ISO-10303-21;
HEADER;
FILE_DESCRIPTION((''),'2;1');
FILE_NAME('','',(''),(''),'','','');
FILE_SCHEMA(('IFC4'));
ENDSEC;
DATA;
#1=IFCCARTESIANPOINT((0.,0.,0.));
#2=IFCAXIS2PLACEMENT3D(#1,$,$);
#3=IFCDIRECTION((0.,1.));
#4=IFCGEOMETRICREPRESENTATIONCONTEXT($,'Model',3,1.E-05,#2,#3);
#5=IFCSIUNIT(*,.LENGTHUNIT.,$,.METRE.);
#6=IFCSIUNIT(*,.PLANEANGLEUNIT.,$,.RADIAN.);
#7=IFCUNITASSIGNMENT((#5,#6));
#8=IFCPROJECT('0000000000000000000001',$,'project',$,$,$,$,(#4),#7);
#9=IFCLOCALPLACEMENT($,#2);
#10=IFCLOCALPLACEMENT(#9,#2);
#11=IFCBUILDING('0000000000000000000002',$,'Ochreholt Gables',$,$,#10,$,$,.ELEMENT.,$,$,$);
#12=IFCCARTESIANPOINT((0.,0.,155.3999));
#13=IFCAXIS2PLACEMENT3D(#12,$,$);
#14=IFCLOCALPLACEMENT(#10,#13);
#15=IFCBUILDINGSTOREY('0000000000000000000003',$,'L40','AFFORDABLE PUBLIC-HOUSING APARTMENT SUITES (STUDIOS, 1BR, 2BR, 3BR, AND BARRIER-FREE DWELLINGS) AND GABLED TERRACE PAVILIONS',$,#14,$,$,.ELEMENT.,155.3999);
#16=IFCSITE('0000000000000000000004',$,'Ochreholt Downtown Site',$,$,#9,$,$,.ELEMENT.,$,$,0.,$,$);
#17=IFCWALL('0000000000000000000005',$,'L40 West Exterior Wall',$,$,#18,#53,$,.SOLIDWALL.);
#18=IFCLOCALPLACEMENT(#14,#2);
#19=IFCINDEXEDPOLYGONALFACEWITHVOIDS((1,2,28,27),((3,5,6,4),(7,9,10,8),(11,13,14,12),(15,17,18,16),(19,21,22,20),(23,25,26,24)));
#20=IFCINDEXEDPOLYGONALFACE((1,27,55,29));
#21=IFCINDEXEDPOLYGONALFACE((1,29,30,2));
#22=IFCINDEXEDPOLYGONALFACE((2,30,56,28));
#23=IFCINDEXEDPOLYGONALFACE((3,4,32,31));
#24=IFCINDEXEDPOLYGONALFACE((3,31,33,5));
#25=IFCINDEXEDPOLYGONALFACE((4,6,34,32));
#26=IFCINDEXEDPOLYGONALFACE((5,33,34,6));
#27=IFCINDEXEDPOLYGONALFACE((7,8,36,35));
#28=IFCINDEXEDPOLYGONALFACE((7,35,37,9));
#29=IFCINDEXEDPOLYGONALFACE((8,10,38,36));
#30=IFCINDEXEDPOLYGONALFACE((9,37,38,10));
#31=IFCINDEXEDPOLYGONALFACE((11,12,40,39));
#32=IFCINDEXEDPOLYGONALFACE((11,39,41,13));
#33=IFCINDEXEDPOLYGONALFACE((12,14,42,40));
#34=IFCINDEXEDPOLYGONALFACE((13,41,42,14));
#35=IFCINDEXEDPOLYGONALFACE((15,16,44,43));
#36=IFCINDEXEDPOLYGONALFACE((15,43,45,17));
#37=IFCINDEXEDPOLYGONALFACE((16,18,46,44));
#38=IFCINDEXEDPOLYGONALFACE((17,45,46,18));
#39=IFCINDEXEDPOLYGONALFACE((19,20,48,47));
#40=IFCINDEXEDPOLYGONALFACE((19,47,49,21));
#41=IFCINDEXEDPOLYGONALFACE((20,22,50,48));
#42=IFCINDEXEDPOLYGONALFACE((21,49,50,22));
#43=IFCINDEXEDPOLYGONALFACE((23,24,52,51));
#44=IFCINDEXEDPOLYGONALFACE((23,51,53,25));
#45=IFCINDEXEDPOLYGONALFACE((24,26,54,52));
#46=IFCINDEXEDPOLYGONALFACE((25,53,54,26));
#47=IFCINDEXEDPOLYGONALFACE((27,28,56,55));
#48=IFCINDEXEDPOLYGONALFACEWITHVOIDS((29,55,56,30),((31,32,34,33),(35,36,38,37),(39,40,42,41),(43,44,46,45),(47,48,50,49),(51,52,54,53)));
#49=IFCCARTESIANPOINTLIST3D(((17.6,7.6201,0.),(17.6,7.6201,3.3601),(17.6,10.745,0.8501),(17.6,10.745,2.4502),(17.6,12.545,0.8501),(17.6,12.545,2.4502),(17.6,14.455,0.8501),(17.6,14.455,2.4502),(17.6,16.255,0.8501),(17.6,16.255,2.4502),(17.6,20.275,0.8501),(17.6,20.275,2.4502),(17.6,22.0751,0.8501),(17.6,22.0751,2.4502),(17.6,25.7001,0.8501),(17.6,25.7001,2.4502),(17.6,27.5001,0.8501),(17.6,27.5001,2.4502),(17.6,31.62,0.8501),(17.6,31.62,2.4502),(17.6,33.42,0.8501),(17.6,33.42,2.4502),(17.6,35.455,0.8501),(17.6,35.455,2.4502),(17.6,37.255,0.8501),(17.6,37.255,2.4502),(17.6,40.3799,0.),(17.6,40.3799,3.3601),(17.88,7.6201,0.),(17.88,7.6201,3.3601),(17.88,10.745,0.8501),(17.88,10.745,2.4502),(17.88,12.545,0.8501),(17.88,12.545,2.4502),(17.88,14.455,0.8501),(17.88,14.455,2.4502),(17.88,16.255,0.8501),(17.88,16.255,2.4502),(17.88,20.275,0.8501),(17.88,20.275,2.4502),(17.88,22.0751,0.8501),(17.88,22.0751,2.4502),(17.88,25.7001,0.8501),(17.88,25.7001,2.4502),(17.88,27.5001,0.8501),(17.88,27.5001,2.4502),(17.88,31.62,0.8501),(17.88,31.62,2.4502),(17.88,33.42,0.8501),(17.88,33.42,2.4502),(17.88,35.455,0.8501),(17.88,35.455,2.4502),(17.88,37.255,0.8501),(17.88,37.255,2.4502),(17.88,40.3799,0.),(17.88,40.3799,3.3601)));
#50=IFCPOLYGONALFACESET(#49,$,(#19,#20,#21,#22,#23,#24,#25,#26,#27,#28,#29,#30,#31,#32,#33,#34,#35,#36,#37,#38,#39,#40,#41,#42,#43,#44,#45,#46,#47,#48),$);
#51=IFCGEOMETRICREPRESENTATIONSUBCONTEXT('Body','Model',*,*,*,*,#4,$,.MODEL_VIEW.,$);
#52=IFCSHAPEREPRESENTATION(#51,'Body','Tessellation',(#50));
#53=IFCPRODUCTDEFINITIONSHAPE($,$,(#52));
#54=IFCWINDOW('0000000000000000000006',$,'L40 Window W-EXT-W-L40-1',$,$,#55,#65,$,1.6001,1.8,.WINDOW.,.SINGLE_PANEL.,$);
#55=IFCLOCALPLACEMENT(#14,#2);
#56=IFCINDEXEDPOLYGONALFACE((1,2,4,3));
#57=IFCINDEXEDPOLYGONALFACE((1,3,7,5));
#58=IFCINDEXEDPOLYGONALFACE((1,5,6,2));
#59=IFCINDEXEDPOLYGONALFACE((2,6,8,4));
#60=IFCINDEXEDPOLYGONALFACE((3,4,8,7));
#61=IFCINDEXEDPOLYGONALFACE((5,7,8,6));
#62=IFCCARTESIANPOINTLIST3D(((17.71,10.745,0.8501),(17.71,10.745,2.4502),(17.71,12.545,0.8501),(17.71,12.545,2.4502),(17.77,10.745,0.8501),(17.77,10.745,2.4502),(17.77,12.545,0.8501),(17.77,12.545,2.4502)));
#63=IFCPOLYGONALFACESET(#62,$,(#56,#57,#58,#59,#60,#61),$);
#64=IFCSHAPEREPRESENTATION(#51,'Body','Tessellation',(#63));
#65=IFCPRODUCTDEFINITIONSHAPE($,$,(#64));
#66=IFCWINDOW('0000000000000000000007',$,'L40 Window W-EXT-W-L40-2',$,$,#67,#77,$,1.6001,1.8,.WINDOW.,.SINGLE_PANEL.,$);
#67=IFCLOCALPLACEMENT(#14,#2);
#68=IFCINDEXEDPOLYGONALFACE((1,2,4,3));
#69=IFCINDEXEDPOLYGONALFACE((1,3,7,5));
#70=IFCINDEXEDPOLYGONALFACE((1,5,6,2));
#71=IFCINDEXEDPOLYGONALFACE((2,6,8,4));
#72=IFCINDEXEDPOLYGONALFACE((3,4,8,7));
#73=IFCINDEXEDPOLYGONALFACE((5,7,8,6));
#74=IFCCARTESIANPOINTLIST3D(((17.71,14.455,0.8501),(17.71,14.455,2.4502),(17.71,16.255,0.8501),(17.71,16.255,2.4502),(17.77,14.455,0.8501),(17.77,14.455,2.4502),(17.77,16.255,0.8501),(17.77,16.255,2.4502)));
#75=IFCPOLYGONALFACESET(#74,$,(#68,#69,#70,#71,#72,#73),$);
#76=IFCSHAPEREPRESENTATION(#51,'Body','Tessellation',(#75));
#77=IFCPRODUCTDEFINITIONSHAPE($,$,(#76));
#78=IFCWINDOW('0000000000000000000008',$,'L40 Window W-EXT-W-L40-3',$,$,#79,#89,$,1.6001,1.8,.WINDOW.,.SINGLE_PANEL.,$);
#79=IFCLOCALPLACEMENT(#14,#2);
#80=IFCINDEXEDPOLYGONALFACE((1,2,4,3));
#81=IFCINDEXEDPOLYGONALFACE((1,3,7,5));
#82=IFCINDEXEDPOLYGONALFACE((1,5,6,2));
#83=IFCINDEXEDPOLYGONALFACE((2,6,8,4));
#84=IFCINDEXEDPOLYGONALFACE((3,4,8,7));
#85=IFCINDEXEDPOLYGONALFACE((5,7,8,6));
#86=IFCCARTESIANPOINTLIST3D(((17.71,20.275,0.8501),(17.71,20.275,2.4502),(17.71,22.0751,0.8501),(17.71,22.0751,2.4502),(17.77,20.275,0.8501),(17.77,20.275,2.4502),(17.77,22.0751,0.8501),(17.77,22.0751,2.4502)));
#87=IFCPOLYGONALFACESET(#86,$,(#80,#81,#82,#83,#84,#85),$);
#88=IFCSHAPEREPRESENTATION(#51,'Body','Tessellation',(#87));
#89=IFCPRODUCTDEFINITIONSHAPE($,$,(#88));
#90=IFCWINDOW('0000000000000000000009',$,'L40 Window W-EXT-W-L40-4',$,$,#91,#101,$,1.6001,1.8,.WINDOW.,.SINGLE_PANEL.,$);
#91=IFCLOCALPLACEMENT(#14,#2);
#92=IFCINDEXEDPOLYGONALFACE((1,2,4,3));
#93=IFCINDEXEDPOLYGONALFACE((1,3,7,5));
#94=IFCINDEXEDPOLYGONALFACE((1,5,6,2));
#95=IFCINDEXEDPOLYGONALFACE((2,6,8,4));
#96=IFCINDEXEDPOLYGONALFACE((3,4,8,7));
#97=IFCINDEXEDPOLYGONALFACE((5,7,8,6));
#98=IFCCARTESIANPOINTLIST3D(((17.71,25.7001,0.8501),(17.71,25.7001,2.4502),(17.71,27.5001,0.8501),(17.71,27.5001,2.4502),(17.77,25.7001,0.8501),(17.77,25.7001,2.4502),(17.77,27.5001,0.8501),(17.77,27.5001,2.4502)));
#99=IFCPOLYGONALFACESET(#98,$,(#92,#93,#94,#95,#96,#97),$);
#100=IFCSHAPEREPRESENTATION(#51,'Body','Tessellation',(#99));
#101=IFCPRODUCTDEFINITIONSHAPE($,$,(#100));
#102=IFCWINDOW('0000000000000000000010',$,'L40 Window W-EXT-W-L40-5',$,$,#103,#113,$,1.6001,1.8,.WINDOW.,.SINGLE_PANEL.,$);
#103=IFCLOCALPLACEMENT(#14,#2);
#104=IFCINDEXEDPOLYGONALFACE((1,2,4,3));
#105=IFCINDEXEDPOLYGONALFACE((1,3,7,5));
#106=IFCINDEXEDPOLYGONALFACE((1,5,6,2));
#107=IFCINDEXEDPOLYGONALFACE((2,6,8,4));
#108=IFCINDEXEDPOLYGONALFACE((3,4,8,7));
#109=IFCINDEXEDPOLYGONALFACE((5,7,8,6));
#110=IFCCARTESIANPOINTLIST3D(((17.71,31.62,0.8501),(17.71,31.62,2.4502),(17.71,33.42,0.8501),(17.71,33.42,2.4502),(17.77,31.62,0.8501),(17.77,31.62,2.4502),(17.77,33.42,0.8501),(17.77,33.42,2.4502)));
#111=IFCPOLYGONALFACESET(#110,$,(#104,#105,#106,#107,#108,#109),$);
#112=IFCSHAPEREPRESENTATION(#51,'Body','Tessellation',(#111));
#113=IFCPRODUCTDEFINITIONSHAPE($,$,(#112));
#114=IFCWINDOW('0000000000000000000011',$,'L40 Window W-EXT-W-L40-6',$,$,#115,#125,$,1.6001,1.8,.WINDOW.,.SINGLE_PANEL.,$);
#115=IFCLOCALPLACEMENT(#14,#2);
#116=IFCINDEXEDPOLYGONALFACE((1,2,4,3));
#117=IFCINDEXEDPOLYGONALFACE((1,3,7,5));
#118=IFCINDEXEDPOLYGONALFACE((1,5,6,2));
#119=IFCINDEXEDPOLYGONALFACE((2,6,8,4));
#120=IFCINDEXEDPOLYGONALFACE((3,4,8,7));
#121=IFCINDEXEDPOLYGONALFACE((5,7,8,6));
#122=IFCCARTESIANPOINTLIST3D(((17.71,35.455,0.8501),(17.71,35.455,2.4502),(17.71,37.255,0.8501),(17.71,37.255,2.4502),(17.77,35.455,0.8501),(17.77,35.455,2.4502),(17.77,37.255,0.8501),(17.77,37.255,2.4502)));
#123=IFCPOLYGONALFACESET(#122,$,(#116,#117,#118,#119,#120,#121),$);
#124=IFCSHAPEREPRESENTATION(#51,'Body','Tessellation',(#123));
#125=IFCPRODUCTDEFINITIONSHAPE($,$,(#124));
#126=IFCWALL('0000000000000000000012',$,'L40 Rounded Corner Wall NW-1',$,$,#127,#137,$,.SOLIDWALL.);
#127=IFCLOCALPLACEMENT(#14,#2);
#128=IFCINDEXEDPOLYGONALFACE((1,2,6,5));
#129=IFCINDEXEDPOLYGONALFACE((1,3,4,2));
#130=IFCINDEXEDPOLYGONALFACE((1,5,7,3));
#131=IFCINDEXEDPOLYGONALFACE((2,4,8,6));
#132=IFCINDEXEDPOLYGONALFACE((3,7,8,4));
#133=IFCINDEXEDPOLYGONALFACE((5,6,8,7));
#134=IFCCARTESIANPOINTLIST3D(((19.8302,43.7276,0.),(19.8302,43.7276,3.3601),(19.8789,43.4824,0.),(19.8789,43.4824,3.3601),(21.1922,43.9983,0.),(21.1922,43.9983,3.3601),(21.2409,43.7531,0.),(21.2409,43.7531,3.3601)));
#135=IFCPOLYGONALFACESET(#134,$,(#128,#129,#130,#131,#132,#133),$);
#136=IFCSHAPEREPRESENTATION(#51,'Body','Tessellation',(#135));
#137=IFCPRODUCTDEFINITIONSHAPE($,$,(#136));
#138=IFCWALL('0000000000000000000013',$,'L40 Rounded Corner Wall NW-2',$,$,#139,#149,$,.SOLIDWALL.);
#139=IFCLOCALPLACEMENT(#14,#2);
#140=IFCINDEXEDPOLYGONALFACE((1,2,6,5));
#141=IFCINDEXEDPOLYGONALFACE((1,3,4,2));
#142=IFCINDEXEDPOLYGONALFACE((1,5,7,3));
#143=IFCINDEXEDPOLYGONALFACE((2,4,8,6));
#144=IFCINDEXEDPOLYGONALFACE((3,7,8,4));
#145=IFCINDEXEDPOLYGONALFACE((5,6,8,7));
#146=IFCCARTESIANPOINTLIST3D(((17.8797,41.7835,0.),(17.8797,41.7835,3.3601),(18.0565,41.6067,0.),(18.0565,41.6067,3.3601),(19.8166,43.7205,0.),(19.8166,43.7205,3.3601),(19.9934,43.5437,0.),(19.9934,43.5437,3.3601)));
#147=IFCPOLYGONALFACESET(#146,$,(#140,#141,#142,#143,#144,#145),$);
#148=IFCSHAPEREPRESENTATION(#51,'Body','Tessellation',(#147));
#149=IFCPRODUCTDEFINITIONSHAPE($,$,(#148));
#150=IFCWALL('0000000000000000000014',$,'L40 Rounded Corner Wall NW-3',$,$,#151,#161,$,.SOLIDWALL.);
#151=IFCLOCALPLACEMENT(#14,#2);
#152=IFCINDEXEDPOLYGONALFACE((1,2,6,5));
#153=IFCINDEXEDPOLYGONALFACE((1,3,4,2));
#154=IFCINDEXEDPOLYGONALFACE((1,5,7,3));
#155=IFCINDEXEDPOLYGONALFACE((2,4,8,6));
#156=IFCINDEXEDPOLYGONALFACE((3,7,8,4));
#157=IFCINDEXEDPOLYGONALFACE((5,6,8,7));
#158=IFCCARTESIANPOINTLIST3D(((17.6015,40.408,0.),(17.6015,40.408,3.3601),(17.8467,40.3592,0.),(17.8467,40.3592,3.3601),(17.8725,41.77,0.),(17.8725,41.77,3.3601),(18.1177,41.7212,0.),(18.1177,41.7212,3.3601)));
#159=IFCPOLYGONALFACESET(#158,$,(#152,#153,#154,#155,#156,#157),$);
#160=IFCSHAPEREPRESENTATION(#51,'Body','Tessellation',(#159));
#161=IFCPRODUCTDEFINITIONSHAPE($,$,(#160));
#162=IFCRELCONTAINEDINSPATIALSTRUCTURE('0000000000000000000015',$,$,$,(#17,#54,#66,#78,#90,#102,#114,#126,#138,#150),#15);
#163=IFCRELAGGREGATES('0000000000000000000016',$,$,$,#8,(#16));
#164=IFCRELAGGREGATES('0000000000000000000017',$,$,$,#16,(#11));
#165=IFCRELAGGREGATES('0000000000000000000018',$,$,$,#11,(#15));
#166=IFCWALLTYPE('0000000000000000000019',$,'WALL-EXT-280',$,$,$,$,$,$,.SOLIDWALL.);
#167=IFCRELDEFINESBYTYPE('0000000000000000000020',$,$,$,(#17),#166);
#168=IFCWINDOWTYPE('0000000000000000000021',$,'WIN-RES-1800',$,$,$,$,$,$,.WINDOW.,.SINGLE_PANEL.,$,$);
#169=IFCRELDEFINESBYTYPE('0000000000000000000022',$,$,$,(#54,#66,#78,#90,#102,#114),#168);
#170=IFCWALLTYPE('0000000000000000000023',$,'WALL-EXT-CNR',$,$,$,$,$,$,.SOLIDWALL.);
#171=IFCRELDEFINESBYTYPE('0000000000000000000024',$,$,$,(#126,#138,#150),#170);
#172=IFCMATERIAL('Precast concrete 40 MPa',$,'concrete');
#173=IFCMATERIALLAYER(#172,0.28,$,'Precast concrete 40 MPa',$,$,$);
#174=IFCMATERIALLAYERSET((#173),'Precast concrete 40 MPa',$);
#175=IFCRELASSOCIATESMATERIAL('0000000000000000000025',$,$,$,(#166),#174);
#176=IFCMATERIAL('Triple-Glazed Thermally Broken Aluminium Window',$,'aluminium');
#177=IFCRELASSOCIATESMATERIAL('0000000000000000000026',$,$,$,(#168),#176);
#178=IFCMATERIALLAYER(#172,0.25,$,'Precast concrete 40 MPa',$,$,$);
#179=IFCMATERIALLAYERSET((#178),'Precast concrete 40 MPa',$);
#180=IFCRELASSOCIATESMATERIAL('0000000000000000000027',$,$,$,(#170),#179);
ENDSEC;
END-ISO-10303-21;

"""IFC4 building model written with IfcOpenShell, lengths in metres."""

from ifc_helpers import new_model, si_unit, direction, frame, frame_2d, origin, place, context, subcontext, project, spatial, rectangle, extrude, material, layer, layer_set, type_object, element, fill, save


model = new_model("IFC4")

# Units and contexts
model_context = context("Model", 3, precision=1e-05, world=origin(), true_north=direction((0.0, 1.0)))
body_context = subcontext(model_context, "Body", "Model", "MODEL_VIEW")
ifc_project = project(units=[si_unit("LENGTHUNIT", "METRE"), si_unit("PLANEANGLEUNIT", "RADIAN")], contexts=[model_context])

# Site, building, storey
site_placement = place(None, origin())
site = spatial("IfcSite", under=ifc_project, at=site_placement, Name="Ochreholt Downtown Site", CompositionType="ELEMENT", RefElevation=0.0)
building_placement = place(site_placement, origin())
building = spatial("IfcBuilding", under=site, at=building_placement, Name="Ochreholt Gables", CompositionType="ELEMENT")
storey_placement = place(building_placement, frame((0.0, 0.0, 155.3999)))
storey = spatial("IfcBuildingStorey", under=building, at=storey_placement, Name="L40", Description="AFFORDABLE PUBLIC-HOUSING APARTMENT SUITES (STUDIOS, 1BR, 2BR, 3BR, AND BARRIER-FREE DWELLINGS) AND GABLED TERRACE PAVILIONS", CompositionType="ELEMENT", Elevation=155.3999)

# Wall, openings, windows
ifc_material_1 = material(Name="Precast concrete 40 MPa", Category="concrete")
ifc_layer_1 = layer(ifc_material_1, 0.28, Name="Precast concrete 40 MPa")
ifc_layer_set_1 = layer_set([ifc_layer_1], Name="Precast concrete 40 MPa")
wall_type_1 = type_object("IfcWallType", Name="WALL-EXT-280", PredefinedType="SOLIDWALL", material=ifc_layer_set_1)
wall_1_placement = place(storey_placement, frame((17.74, 40.3799, 0.0), z_axis=(0.0, 0.0, 1.0), x_axis=(0.0, -1.0, 0.0)))
wall_1 = element("IfcWall", 1, at=wall_1_placement, inside=storey, type_object=wall_type_1, Name="L40 West Exterior Wall", PredefinedType="SOLIDWALL", context=body_context, shape_type="SweptSolid", body=[
    extrude(rectangle(XDim=32.7598, YDim=0.28, at=frame_2d((16.3799, 0.0))), origin(), (0.0, 0.0, 1.0), 3.3601),
])
opening_1_placement = place(wall_1_placement, frame((27.835, 0.0, 0.8501)))
opening_1 = element("IfcOpeningElement", 2, at=opening_1_placement, cuts=wall_1, PredefinedType="OPENING", context=body_context, shape_type="SweptSolid", body=[
    extrude(rectangle(XDim=1.8, YDim=1.6001, at=frame_2d((0.8999, 0.8))), frame((0.0, 0.1499, 0.0), z_axis=(0.0, -1.0, 0.0), x_axis=(1.0, 0.0, 0.0)), (0.0, 0.0, 1.0), 0.3),
])
opening_2_placement = place(wall_1_placement, frame((24.125, 0.0, 0.8501)))
opening_2 = element("IfcOpeningElement", 3, at=opening_2_placement, cuts=wall_1, PredefinedType="OPENING", context=body_context, shape_type="SweptSolid", body=[
    extrude(rectangle(XDim=1.8, YDim=1.6001, at=frame_2d((0.8999, 0.8))), frame((0.0, 0.1499, 0.0), z_axis=(0.0, -1.0, 0.0), x_axis=(1.0, 0.0, 0.0)), (0.0, 0.0, 1.0), 0.3),
])
opening_3_placement = place(wall_1_placement, frame((18.3049, 0.0, 0.8501)))
opening_3 = element("IfcOpeningElement", 4, at=opening_3_placement, cuts=wall_1, PredefinedType="OPENING", context=body_context, shape_type="SweptSolid", body=[
    extrude(rectangle(XDim=1.8, YDim=1.6001, at=frame_2d((0.8999, 0.8))), frame((0.0, 0.1499, 0.0), z_axis=(0.0, -1.0, 0.0), x_axis=(1.0, 0.0, 0.0)), (0.0, 0.0, 1.0), 0.3),
])
opening_4_placement = place(wall_1_placement, frame((12.8799, 0.0, 0.8501)))
opening_4 = element("IfcOpeningElement", 5, at=opening_4_placement, cuts=wall_1, PredefinedType="OPENING", context=body_context, shape_type="SweptSolid", body=[
    extrude(rectangle(XDim=1.8, YDim=1.6001, at=frame_2d((0.8999, 0.8))), frame((0.0, 0.1499, 0.0), z_axis=(0.0, -1.0, 0.0), x_axis=(1.0, 0.0, 0.0)), (0.0, 0.0, 1.0), 0.3),
])
opening_5_placement = place(wall_1_placement, frame((6.96, 0.0, 0.8501)))
opening_5 = element("IfcOpeningElement", 6, at=opening_5_placement, cuts=wall_1, PredefinedType="OPENING", context=body_context, shape_type="SweptSolid", body=[
    extrude(rectangle(XDim=1.8, YDim=1.6001, at=frame_2d((0.8999, 0.8))), frame((0.0, 0.1499, 0.0), z_axis=(0.0, -1.0, 0.0), x_axis=(1.0, 0.0, 0.0)), (0.0, 0.0, 1.0), 0.3),
])
opening_6_placement = place(wall_1_placement, frame((3.125, 0.0, 0.8501)))
opening_6 = element("IfcOpeningElement", 7, at=opening_6_placement, cuts=wall_1, PredefinedType="OPENING", context=body_context, shape_type="SweptSolid", body=[
    extrude(rectangle(XDim=1.8, YDim=1.6001, at=frame_2d((0.8999, 0.8))), frame((0.0, 0.1499, 0.0), z_axis=(0.0, -1.0, 0.0), x_axis=(1.0, 0.0, 0.0)), (0.0, 0.0, 1.0), 0.3),
])
ifc_material_2 = material(Name="Triple-Glazed Thermally Broken Aluminium Window", Category="aluminium")
window_type = type_object("IfcWindowType", Name="WIN-RES-1800", PartitioningType="SINGLE_PANEL", PredefinedType="WINDOW", material=ifc_material_2)
window_1_placement = place(opening_1_placement, origin())
window_1 = element("IfcWindow", 8, at=window_1_placement, inside=storey, type_object=window_type, Name="L40 Window W-EXT-W-L40-1", OverallHeight=1.6001, OverallWidth=1.8, PartitioningType="SINGLE_PANEL", PredefinedType="WINDOW", context=body_context, shape_type="SweptSolid", body=[
    extrude(rectangle(XDim=1.8, YDim=1.6001, at=frame_2d((0.8999, 0.8))), frame((0.0, 0.03, 0.0), z_axis=(0.0, -1.0, 0.0), x_axis=(1.0, 0.0, 0.0)), (0.0, 0.0, 1.0), 0.0601),
])
fill(opening_1, window_1)
window_2_placement = place(opening_2_placement, origin())
window_2 = element("IfcWindow", 9, at=window_2_placement, inside=storey, type_object=window_type, Name="L40 Window W-EXT-W-L40-2", OverallHeight=1.6001, OverallWidth=1.8, PartitioningType="SINGLE_PANEL", PredefinedType="WINDOW", context=body_context, shape_type="SweptSolid", body=[
    extrude(rectangle(XDim=1.8, YDim=1.6001, at=frame_2d((0.8999, 0.8))), frame((0.0, 0.03, 0.0), z_axis=(0.0, -1.0, 0.0), x_axis=(1.0, 0.0, 0.0)), (0.0, 0.0, 1.0), 0.0601),
])
fill(opening_2, window_2)
window_3_placement = place(opening_3_placement, origin())
window_3 = element("IfcWindow", 10, at=window_3_placement, inside=storey, type_object=window_type, Name="L40 Window W-EXT-W-L40-3", OverallHeight=1.6001, OverallWidth=1.8, PartitioningType="SINGLE_PANEL", PredefinedType="WINDOW", context=body_context, shape_type="SweptSolid", body=[
    extrude(rectangle(XDim=1.8, YDim=1.6001, at=frame_2d((0.8999, 0.8))), frame((0.0, 0.03, 0.0), z_axis=(0.0, -1.0, 0.0), x_axis=(1.0, 0.0, 0.0)), (0.0, 0.0, 1.0), 0.0601),
])
fill(opening_3, window_3)
window_4_placement = place(opening_4_placement, origin())
window_4 = element("IfcWindow", 11, at=window_4_placement, inside=storey, type_object=window_type, Name="L40 Window W-EXT-W-L40-4", OverallHeight=1.6001, OverallWidth=1.8, PartitioningType="SINGLE_PANEL", PredefinedType="WINDOW", context=body_context, shape_type="SweptSolid", body=[
    extrude(rectangle(XDim=1.8, YDim=1.6001, at=frame_2d((0.8999, 0.8))), frame((0.0, 0.03, 0.0), z_axis=(0.0, -1.0, 0.0), x_axis=(1.0, 0.0, 0.0)), (0.0, 0.0, 1.0), 0.0601),
])
fill(opening_4, window_4)
window_5_placement = place(opening_5_placement, origin())
window_5 = element("IfcWindow", 12, at=window_5_placement, inside=storey, type_object=window_type, Name="L40 Window W-EXT-W-L40-5", OverallHeight=1.6001, OverallWidth=1.8, PartitioningType="SINGLE_PANEL", PredefinedType="WINDOW", context=body_context, shape_type="SweptSolid", body=[
    extrude(rectangle(XDim=1.8, YDim=1.6001, at=frame_2d((0.8999, 0.8))), frame((0.0, 0.03, 0.0), z_axis=(0.0, -1.0, 0.0), x_axis=(1.0, 0.0, 0.0)), (0.0, 0.0, 1.0), 0.0601),
])
fill(opening_5, window_5)
window_6_placement = place(opening_6_placement, origin())
window_6 = element("IfcWindow", 13, at=window_6_placement, inside=storey, type_object=window_type, Name="L40 Window W-EXT-W-L40-6", OverallHeight=1.6001, OverallWidth=1.8, PartitioningType="SINGLE_PANEL", PredefinedType="WINDOW", context=body_context, shape_type="SweptSolid", body=[
    extrude(rectangle(XDim=1.8, YDim=1.6001, at=frame_2d((0.8999, 0.8))), frame((0.0, 0.03, 0.0), z_axis=(0.0, -1.0, 0.0), x_axis=(1.0, 0.0, 0.0)), (0.0, 0.0, 1.0), 0.0601),
])
fill(opening_6, window_6)

# Walls
ifc_layer_2 = layer(ifc_material_1, 0.25, Name="Precast concrete 40 MPa")
ifc_layer_set_2 = layer_set([ifc_layer_2], Name="Precast concrete 40 MPa")
wall_type_2 = type_object("IfcWallType", Name="WALL-EXT-CNR", PredefinedType="SOLIDWALL", material=ifc_layer_set_2)
wall_2_placement = place(storey_placement, frame((21.2166, 43.8757, 0.0), z_axis=(0.0, 0.0, 1.0), x_axis=(-0.98081, -0.194967, 0.0)))
element("IfcWall", 14, at=wall_2_placement, inside=storey, type_object=wall_type_2, Name="L40 Rounded Corner Wall NW-1", PredefinedType="SOLIDWALL", context=body_context, shape_type="SweptSolid", body=[
    extrude(rectangle(XDim=1.3887, YDim=0.25, at=frame_2d((0.6943, 0.0))), origin(), (0.0, 0.0, 1.0), 3.3601),
])
wall_3_placement = place(storey_placement, frame((19.905, 43.6321, 0.0), z_axis=(0.0, 0.0, 1.0), x_axis=(-0.707107, -0.707107, 0.0)))
element("IfcWall", 15, at=wall_3_placement, inside=storey, type_object=wall_type_2, Name="L40 Rounded Corner Wall NW-2", PredefinedType="SOLIDWALL", context=body_context, shape_type="SweptSolid", body=[
    extrude(rectangle(XDim=2.7393, YDim=0.25, at=frame_2d((1.3696, 0.0))), origin(), (0.0, 0.0, 1.0), 3.3601),
])
wall_4_placement = place(storey_placement, frame((17.9951, 41.7456, 0.0), z_axis=(0.0, 0.0, 1.0), x_axis=(-0.195136, -0.980776, 0.0)))
element("IfcWall", 16, at=wall_4_placement, inside=storey, type_object=wall_type_2, Name="L40 Rounded Corner Wall NW-3", PredefinedType="SOLIDWALL", context=body_context, shape_type="SweptSolid", body=[
    extrude(rectangle(XDim=1.3887, YDim=0.25, at=frame_2d((0.6943, 0.0))), origin(), (0.0, 0.0, 1.0), 3.3601),
])

save(model, "model.ifc")
